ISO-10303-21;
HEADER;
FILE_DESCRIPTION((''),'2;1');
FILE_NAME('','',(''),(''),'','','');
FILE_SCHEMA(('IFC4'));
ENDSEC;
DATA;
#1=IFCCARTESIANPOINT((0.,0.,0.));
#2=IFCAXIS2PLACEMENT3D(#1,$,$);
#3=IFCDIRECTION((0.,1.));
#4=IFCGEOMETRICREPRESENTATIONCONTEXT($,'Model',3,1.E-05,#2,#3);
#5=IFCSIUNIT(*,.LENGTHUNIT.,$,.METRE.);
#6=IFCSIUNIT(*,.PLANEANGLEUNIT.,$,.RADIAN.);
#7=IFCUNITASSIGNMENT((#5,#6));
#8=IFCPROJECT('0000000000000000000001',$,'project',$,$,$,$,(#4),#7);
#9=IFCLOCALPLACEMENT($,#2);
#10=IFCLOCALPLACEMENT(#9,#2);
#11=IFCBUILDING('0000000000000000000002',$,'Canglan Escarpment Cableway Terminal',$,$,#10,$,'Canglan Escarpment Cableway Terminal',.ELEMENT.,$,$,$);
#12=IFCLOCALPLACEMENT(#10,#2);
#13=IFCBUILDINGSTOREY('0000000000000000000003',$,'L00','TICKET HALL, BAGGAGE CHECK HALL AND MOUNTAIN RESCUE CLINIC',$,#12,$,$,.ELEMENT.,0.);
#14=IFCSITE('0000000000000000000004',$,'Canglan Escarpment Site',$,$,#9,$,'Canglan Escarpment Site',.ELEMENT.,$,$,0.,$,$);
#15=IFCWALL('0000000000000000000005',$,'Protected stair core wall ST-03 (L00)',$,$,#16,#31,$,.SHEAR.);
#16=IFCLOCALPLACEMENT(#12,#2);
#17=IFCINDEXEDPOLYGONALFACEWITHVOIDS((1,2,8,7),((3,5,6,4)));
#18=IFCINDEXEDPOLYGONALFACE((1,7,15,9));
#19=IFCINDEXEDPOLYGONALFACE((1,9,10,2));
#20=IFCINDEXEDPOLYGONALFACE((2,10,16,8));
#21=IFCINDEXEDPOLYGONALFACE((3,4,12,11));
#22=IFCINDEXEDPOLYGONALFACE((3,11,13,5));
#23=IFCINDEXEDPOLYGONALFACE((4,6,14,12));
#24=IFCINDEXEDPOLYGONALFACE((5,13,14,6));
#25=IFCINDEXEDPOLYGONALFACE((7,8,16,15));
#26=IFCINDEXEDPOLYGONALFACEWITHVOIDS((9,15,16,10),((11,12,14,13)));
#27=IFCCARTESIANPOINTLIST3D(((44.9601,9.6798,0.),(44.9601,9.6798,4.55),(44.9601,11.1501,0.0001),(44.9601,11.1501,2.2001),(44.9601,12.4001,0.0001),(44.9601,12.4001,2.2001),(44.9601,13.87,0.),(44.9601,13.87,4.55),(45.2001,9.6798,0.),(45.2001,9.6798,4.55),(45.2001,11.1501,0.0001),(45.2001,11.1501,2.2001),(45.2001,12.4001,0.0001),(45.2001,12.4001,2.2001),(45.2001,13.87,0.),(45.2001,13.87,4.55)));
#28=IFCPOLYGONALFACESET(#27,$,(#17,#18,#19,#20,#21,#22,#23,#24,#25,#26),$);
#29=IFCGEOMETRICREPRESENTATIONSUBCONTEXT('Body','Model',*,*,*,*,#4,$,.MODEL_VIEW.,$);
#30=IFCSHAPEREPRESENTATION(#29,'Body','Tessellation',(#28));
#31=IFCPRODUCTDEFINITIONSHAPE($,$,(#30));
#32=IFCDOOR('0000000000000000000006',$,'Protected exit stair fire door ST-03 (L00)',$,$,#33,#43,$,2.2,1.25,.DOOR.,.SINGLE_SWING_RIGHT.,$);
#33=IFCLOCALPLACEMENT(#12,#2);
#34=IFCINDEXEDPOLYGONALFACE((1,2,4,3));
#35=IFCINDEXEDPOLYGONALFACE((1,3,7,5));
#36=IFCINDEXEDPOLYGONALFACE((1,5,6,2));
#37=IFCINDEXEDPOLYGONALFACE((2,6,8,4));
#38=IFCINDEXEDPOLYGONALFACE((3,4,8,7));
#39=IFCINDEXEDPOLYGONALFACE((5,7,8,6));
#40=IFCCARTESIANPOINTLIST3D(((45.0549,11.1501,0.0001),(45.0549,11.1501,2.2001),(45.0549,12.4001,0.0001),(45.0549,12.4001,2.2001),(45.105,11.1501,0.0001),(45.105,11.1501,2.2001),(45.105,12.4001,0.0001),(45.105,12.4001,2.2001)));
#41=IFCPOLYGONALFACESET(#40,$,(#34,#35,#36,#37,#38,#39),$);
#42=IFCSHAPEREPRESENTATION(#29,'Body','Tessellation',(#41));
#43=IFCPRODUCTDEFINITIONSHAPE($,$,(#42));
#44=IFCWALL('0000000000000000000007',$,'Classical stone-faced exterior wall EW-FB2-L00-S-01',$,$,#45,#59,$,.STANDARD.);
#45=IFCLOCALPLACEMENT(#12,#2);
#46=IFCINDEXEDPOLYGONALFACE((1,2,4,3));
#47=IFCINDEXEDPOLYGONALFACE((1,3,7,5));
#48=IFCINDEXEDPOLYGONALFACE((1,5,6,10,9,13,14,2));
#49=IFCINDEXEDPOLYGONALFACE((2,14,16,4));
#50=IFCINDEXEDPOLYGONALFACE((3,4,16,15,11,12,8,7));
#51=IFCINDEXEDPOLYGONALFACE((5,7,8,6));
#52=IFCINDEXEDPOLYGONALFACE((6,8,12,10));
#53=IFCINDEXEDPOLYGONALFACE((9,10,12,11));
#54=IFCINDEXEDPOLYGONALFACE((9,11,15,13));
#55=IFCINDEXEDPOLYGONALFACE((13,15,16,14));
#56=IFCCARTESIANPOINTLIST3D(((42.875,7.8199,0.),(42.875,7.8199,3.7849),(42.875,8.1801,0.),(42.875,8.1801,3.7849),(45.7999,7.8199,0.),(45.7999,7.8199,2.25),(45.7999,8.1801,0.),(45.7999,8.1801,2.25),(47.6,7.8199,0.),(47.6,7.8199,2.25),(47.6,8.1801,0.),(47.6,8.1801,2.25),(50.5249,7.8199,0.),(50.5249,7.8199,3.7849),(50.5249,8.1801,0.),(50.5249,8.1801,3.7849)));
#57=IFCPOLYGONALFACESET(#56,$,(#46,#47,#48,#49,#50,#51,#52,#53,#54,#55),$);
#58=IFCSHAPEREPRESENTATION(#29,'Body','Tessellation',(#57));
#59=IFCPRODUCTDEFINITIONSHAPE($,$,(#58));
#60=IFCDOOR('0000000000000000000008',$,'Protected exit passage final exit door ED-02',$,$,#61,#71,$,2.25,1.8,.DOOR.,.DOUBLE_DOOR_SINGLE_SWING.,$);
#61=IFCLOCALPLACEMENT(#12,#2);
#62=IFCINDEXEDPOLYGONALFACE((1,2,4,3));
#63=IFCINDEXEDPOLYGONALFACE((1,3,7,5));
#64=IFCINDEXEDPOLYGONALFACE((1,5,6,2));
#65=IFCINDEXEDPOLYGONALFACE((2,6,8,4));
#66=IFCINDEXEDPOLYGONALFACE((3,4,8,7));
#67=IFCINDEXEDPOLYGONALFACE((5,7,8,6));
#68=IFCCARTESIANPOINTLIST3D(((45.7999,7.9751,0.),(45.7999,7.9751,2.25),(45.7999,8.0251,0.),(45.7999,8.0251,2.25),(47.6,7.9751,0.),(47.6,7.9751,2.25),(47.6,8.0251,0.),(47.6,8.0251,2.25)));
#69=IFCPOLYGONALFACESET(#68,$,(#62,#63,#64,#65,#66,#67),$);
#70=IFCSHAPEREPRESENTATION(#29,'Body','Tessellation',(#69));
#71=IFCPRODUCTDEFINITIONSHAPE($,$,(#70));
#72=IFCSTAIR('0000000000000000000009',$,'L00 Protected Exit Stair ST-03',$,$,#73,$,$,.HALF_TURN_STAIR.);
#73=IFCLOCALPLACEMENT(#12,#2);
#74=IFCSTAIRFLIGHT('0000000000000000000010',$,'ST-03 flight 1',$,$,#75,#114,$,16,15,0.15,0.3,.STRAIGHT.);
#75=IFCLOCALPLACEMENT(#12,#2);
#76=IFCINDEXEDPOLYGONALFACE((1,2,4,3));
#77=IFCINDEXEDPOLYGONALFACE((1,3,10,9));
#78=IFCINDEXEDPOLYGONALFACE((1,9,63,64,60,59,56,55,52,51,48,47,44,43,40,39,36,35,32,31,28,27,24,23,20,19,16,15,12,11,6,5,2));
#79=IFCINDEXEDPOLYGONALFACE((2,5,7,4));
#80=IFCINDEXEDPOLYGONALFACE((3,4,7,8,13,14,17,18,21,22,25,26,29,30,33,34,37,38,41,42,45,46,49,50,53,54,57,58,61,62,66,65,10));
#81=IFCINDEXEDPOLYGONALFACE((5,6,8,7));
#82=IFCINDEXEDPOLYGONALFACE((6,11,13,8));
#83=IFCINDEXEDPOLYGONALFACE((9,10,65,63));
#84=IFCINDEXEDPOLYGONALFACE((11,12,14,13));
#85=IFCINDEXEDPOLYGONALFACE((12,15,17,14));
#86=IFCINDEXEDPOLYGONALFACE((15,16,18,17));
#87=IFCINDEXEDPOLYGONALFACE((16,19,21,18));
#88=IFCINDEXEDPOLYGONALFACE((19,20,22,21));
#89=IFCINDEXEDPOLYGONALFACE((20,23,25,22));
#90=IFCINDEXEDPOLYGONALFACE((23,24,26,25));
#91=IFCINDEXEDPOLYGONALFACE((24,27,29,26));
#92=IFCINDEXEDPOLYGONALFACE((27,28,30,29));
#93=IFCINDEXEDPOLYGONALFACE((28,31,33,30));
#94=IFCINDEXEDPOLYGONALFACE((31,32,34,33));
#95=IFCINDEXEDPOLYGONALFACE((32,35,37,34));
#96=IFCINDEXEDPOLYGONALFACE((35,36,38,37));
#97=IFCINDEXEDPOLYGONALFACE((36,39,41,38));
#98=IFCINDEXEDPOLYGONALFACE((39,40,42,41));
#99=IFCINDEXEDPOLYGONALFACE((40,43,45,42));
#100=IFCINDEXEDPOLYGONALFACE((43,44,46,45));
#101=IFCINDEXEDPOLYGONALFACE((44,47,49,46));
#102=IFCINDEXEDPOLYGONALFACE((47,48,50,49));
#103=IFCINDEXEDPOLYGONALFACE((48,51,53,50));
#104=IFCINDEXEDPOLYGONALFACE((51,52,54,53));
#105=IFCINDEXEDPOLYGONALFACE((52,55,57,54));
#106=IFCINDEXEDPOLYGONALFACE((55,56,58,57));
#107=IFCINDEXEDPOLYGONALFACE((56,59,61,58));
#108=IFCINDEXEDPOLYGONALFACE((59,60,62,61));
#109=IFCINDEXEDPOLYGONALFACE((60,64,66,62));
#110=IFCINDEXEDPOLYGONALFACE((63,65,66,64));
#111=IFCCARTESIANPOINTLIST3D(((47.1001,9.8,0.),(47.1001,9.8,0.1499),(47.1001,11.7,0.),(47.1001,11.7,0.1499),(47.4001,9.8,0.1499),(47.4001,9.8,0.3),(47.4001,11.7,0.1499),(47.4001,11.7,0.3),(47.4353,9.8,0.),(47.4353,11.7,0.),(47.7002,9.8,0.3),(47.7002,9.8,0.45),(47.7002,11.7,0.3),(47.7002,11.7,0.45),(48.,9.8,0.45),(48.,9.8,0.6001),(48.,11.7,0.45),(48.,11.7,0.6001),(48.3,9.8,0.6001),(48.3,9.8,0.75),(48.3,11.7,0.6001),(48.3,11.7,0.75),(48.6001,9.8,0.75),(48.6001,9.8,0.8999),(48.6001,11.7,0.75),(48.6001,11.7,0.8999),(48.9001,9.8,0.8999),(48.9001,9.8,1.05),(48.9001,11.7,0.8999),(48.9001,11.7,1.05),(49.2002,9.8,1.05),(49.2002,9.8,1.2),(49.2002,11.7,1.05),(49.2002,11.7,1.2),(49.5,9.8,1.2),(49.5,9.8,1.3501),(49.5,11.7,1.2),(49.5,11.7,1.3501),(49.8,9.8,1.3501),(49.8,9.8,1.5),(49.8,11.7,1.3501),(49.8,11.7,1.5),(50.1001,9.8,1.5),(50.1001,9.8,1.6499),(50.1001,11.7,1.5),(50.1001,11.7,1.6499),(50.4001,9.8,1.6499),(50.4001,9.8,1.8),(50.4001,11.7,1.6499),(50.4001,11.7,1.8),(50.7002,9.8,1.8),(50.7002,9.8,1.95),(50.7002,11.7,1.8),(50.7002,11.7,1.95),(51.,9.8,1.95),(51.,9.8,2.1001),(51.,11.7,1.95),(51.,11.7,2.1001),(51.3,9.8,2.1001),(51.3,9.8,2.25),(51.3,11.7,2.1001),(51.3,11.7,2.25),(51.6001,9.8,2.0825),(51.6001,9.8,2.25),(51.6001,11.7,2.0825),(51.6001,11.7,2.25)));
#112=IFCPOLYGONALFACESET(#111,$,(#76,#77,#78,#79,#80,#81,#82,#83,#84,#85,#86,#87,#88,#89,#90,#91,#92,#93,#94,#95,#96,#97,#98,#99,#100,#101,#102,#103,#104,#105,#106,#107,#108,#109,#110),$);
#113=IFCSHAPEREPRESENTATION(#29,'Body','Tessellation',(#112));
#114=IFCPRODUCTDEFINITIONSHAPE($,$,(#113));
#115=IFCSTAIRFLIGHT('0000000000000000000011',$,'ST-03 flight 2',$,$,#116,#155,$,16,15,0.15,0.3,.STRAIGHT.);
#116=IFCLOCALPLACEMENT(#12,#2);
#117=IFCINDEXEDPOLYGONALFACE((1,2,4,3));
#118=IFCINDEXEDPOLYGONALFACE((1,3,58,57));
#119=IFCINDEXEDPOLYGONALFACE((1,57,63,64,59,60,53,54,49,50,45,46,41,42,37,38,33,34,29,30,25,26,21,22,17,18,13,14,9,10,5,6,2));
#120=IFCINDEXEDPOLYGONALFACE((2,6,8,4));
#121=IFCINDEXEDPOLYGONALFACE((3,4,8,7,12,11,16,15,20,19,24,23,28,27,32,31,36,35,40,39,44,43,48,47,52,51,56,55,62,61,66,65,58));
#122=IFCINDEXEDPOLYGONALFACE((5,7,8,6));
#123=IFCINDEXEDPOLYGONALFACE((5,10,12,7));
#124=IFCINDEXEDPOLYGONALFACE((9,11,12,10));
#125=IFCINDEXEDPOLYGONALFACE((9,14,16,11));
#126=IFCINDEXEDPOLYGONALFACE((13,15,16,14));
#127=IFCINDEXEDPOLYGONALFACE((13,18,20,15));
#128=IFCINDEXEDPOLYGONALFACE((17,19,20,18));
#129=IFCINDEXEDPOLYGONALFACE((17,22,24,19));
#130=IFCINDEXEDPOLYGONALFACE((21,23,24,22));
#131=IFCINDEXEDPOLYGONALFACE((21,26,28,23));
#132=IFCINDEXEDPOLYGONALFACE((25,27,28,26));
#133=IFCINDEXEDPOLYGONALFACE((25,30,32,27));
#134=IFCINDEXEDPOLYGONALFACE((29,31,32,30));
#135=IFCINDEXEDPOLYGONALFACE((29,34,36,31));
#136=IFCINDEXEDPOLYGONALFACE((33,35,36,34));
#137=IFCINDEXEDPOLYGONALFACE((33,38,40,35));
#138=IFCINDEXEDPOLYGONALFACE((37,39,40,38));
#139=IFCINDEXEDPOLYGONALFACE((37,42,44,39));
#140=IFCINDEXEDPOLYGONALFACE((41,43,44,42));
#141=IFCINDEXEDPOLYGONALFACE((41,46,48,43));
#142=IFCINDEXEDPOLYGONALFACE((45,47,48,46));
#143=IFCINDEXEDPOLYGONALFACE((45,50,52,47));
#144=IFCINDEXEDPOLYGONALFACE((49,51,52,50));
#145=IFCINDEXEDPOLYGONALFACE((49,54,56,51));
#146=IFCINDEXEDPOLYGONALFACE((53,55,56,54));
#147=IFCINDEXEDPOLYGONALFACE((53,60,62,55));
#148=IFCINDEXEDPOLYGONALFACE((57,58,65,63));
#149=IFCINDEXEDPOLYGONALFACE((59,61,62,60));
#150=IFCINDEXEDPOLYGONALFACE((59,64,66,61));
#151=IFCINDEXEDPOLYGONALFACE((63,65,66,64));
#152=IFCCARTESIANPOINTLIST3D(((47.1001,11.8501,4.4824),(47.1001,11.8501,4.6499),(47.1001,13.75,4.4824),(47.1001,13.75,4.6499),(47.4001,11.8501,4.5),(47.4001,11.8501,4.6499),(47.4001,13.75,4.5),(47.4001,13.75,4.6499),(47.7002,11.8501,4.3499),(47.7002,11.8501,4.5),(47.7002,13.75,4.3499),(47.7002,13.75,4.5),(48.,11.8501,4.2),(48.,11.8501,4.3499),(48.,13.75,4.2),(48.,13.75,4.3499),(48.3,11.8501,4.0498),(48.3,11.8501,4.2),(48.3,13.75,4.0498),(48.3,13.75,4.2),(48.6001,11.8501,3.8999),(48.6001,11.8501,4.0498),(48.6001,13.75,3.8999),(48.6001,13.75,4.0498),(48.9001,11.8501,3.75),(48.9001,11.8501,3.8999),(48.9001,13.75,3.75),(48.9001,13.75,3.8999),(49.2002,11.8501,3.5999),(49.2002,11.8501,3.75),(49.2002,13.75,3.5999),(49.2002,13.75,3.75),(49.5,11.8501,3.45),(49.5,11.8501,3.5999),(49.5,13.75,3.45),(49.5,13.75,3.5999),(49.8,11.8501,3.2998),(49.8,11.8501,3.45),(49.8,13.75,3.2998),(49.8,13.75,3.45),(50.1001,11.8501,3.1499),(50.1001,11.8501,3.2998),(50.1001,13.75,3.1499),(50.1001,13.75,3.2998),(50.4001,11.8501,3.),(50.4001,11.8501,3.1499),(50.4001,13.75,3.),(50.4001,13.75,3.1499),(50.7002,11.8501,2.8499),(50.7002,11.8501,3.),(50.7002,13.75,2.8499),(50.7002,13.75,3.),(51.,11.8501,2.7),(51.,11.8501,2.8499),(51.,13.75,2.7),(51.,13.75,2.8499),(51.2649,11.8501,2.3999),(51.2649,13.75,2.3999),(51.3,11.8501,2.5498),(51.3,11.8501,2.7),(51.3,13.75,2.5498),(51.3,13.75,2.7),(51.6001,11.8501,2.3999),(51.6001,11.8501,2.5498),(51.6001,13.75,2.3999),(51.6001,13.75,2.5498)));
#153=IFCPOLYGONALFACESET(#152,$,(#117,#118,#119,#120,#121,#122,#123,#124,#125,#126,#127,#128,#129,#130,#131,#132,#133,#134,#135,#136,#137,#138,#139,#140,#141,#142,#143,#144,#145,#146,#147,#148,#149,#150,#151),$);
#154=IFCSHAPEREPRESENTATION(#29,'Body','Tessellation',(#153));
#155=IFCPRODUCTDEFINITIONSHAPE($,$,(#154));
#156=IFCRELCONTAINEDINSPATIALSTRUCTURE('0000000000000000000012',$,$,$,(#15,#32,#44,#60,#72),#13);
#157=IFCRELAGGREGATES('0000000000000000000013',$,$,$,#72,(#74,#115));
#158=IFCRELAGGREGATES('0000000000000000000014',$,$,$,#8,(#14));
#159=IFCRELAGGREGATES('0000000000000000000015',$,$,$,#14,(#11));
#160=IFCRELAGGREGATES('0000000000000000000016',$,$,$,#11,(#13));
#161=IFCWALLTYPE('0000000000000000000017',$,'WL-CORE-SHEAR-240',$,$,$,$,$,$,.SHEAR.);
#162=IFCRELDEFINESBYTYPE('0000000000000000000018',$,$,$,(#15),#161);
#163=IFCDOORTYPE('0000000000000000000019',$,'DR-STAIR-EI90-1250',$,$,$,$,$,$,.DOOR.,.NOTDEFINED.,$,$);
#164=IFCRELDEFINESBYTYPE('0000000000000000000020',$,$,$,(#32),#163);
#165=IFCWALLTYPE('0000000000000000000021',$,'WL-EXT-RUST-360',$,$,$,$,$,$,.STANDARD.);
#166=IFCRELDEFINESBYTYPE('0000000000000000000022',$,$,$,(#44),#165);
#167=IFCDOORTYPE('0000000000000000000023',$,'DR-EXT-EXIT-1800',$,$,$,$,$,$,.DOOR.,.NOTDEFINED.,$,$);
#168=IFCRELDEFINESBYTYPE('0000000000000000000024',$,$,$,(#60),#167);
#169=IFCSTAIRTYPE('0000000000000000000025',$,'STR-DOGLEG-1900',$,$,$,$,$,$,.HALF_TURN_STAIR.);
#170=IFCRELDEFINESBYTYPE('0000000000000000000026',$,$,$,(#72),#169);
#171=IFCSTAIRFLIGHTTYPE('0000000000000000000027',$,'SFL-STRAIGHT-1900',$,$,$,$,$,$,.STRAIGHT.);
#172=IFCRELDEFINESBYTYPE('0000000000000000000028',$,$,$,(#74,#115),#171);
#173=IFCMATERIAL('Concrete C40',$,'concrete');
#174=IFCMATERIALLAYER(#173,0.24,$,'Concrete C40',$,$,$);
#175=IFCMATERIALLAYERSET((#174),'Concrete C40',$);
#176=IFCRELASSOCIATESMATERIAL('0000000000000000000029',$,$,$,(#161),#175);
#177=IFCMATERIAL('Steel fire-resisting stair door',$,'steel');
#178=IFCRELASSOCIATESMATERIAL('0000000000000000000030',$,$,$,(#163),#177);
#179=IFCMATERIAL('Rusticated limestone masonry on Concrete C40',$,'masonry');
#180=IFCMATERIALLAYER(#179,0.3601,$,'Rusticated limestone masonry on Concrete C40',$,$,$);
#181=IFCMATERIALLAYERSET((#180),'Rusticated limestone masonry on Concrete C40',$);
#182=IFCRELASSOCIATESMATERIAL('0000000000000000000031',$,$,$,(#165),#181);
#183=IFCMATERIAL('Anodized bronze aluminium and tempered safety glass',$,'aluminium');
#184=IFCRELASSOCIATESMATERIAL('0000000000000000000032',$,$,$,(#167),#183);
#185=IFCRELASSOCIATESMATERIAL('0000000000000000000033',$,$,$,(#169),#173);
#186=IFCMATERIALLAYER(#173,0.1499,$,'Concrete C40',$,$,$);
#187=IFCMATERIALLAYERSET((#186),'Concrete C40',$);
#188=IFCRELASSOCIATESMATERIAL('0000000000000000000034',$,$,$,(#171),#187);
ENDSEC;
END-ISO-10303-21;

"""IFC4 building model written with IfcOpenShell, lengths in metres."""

from ifc_helpers import new_model, si_unit, direction, frame, frame_2d, origin, place, context, subcontext, project, spatial, polyline, rectangle, outline, extrude, material, layer, layer_set, type_object, element, fill, aggregate, save


model = new_model("IFC4")

# Units and contexts
model_context = context("Model", 3, precision=1e-05, world=origin(), true_north=direction((0.0, 1.0)))
body_context = subcontext(model_context, "Body", "Model", "MODEL_VIEW")
ifc_project = project(units=[si_unit("LENGTHUNIT", "METRE"), si_unit("PLANEANGLEUNIT", "RADIAN")], contexts=[model_context])

# Site, building, storey
site_placement = place(None, origin())
site = spatial("IfcSite", under=ifc_project, at=site_placement, Name="Canglan Escarpment Site", LongName="Canglan Escarpment Site", CompositionType="ELEMENT", RefElevation=0.0)
building_placement = place(site_placement, origin())
building = spatial("IfcBuilding", under=site, at=building_placement, Name="Canglan Escarpment Cableway Terminal", LongName="Canglan Escarpment Cableway Terminal", CompositionType="ELEMENT")
storey_placement = place(building_placement, origin())
storey = spatial("IfcBuildingStorey", under=building, at=storey_placement, Name="L00", Description="TICKET HALL, BAGGAGE CHECK HALL AND MOUNTAIN RESCUE CLINIC", CompositionType="ELEMENT", Elevation=0.0)

# Shared definitions
ifc_material_1 = material(Name="Concrete C40", Category="concrete")

# Shared definitions
ifc_layer_1 = layer(ifc_material_1, 0.24, Name="Concrete C40")
ifc_layer_set_1 = layer_set([ifc_layer_1], Name="Concrete C40")
wall_type_1 = type_object("IfcWallType", Name="WL-CORE-SHEAR-240", PredefinedType="SHEAR", material=ifc_layer_set_1)

# Walls, openings, doors
wall_1_placement = place(storey_placement, frame((45.0801, 13.8701, 0.0), z_axis=(0.0, 0.0, 1.0), x_axis=(0.0, -1.0, 0.0)))
wall_1 = element("IfcWall", 1, at=wall_1_placement, inside=storey, type_object=wall_type_1, Name="Protected stair core wall ST-03 (L00)", PredefinedType="SHEAR", context=body_context, shape_type="SweptSolid", body=[
    extrude(rectangle(XDim=4.1902, YDim=0.24, at=frame_2d((2.0952, 0.0))), origin(), (0.0, 0.0, 1.0), 4.55),
])
opening_1_placement = place(wall_1_placement, frame((1.47, 0.0, 0.0)))
opening_1 = element("IfcOpeningElement", 2, at=opening_1_placement, cuts=wall_1, PredefinedType="OPENING", context=body_context, shape_type="SweptSolid", body=[
    extrude(rectangle(XDim=1.25, YDim=2.2, at=frame_2d((0.625, 1.1001))), frame((0.0, 0.1299, 0.0), z_axis=(0.0, -1.0, 0.0), x_axis=(1.0, 0.0, 0.0)), (0.0, 0.0, 1.0), 0.26),
])
ifc_material_2 = material(Name="Steel fire-resisting stair door", Category="steel")
door_type_1 = type_object("IfcDoorType", Name="DR-STAIR-EI90-1250", OperationType="NOTDEFINED", PredefinedType="DOOR", material=ifc_material_2)
door_1_placement = place(opening_1_placement, origin())
door_1 = element("IfcDoor", 3, at=door_1_placement, inside=storey, type_object=door_type_1, Name="Protected exit stair fire door ST-03 (L00)", OperationType="SINGLE_SWING_RIGHT", OverallHeight=2.2, OverallWidth=1.25, PredefinedType="DOOR", context=body_context, shape_type="SweptSolid", body=[
    extrude(rectangle(XDim=1.25, YDim=2.2, at=frame_2d((0.625, 1.1001))), frame((0.0, 0.0249, 0.0), z_axis=(0.0, -1.0, 0.0), x_axis=(1.0, 0.0, 0.0)), (0.0, 0.0, 1.0), 0.05),
])
fill(opening_1, door_1)
ifc_material_3 = material(Name="Rusticated limestone masonry on Concrete C40", Category="masonry")
ifc_layer_2 = layer(ifc_material_3, 0.3601, Name="Rusticated limestone masonry on Concrete C40")
ifc_layer_set_2 = layer_set([ifc_layer_2], Name="Rusticated limestone masonry on Concrete C40")
wall_type_2 = type_object("IfcWallType", Name="WL-EXT-RUST-360", PredefinedType="STANDARD", material=ifc_layer_set_2)
wall_2_placement = place(storey_placement, frame((50.5249, 8.0, 0.0), z_axis=(0.0, 0.0, 1.0), x_axis=(-1.0, 0.0, 0.0)))
wall_2 = element("IfcWall", 4, at=wall_2_placement, inside=storey, type_object=wall_type_2, Name="Classical stone-faced exterior wall EW-FB2-L00-S-01", PredefinedType="STANDARD", context=body_context, shape_type="SweptSolid", body=[
    extrude(rectangle(XDim=7.6499, YDim=0.3601, at=frame_2d((3.825, 0.0))), origin(), (0.0, 0.0, 1.0), 3.7849),
])
opening_2_placement = place(wall_2_placement, frame((2.925, 0.0, 0.0)))
opening_2 = element("IfcOpeningElement", 5, at=opening_2_placement, cuts=wall_2, PredefinedType="OPENING", context=body_context, shape_type="SweptSolid", body=[
    extrude(rectangle(XDim=1.8, YDim=2.25, at=frame_2d((0.8999, 1.125))), frame((0.0, 0.1899, 0.0), z_axis=(0.0, -1.0, 0.0), x_axis=(1.0, 0.0, 0.0)), (0.0, 0.0, 1.0), 0.3801),
])
ifc_material_4 = material(Name="Anodized bronze aluminium and tempered safety glass", Category="aluminium")
door_type_2 = type_object("IfcDoorType", Name="DR-EXT-EXIT-1800", OperationType="NOTDEFINED", PredefinedType="DOOR", material=ifc_material_4)
door_2_placement = place(opening_2_placement, origin())
door_2 = element("IfcDoor", 6, at=door_2_placement, inside=storey, type_object=door_type_2, Name="Protected exit passage final exit door ED-02", OperationType="DOUBLE_DOOR_SINGLE_SWING", OverallHeight=2.25, OverallWidth=1.8, PredefinedType="DOOR", context=body_context, shape_type="SweptSolid", body=[
    extrude(rectangle(XDim=1.8, YDim=2.25, at=frame_2d((0.8999, 1.125))), frame((0.0, 0.0249, 0.0), z_axis=(0.0, -1.0, 0.0), x_axis=(1.0, 0.0, 0.0)), (0.0, 0.0, 1.0), 0.05),
])
fill(opening_2, door_2)

# Stair, stair flights
stair_type = type_object("IfcStairType", Name="STR-DOGLEG-1900", PredefinedType="HALF_TURN_STAIR", material=ifc_material_1)
stair_placement = place(storey_placement, origin())
stair = element("IfcStair", 7, at=stair_placement, inside=storey, type_object=stair_type, Name="L00 Protected Exit Stair ST-03", PredefinedType="HALF_TURN_STAIR")
ifc_layer_3 = layer(ifc_material_1, 0.1499, Name="Concrete C40")
ifc_layer_set_3 = layer_set([ifc_layer_3], Name="Concrete C40")
stair_flight_type = type_object("IfcStairFlightType", Name="SFL-STRAIGHT-1900", PredefinedType="STRAIGHT", material=ifc_layer_set_3)
stair_flight_1_placement = place(storey_placement, frame((47.1001, 10.75, 0.0), z_axis=(0.0, 0.0, 1.0), x_axis=(1.0, 0.0, 0.0)))
stair_flight_1 = element("IfcStairFlight", 8, at=stair_flight_1_placement, type_object=stair_flight_type, Name="ST-03 flight 1", NumberOfRisers=16, NumberOfTreads=15, PredefinedType="STRAIGHT", RiserHeight=0.15, TreadLength=0.3, context=body_context, shape_type="SweptSolid", body=[
    extrude(outline(polyline([(0.0, 0.0), (0.0, 0.1499), (0.3, 0.1499), (0.3, 0.3), (0.6001, 0.3), (0.6001, 0.45), (0.8999, 0.45), (0.8999, 0.6001), (1.2, 0.6001), (1.2, 0.75), (1.5, 0.75), (1.5, 0.8999), (1.8, 0.8999), (1.8, 1.05), (2.1001, 1.05), (2.1001, 1.2), (2.3999, 1.2), (2.3999, 1.3501), (2.7, 1.3501), (2.7, 1.5), (3.0, 1.5), (3.0, 1.6499), (3.3, 1.6499), (3.3, 1.8), (3.6001, 1.8), (3.6001, 1.95), (3.8999, 1.95), (3.8999, 2.1001), (4.2, 2.1001), (4.2, 2.25), (4.5, 2.25), (4.5, 2.3999), (4.5, 2.0825), (0.3352, 0.0), (0.0, 0.0)])), frame((0.0, 0.95, 0.0), z_axis=(0.0, -1.0, 0.0), x_axis=(1.0, 0.0, 0.0)), (0.0, 0.0, 1.0), 1.8999),
])
stair_flight_2_placement = place(storey_placement, frame((51.6001, 12.8, 2.3999), z_axis=(0.0, 0.0, 1.0), x_axis=(-1.0, 0.0, 0.0)))
stair_flight_2 = element("IfcStairFlight", 9, at=stair_flight_2_placement, type_object=stair_flight_type, Name="ST-03 flight 2", NumberOfRisers=16, NumberOfTreads=15, PredefinedType="STRAIGHT", RiserHeight=0.15, TreadLength=0.3, context=body_context, shape_type="SweptSolid", body=[
    extrude(outline(polyline([(0.0, 0.0), (0.0, 0.1499), (0.3, 0.1499), (0.3, 0.3), (0.6001, 0.3), (0.6001, 0.45), (0.8999, 0.45), (0.8999, 0.6001), (1.2, 0.6001), (1.2, 0.75), (1.5, 0.75), (1.5, 0.8999), (1.8, 0.8999), (1.8, 1.05), (2.1001, 1.05), (2.1001, 1.2), (2.3999, 1.2), (2.3999, 1.3501), (2.7, 1.3501), (2.7, 1.5), (3.0, 1.5), (3.0, 1.6499), (3.3, 1.6499), (3.3, 1.8), (3.6001, 1.8), (3.6001, 1.95), (3.8999, 1.95), (3.8999, 2.1001), (4.2, 2.1001), (4.2, 2.25), (4.5, 2.25), (4.5, 2.3999), (4.5, 2.0825), (0.3352, 0.0), (0.0, 0.0)])), frame((0.0, 0.95, 0.0), z_axis=(0.0, -1.0, 0.0), x_axis=(1.0, 0.0, 0.0)), (0.0, 0.0, 1.0), 1.8999),
])
aggregate(stair, [stair_flight_1, stair_flight_2])

save(model, "model.ifc")
